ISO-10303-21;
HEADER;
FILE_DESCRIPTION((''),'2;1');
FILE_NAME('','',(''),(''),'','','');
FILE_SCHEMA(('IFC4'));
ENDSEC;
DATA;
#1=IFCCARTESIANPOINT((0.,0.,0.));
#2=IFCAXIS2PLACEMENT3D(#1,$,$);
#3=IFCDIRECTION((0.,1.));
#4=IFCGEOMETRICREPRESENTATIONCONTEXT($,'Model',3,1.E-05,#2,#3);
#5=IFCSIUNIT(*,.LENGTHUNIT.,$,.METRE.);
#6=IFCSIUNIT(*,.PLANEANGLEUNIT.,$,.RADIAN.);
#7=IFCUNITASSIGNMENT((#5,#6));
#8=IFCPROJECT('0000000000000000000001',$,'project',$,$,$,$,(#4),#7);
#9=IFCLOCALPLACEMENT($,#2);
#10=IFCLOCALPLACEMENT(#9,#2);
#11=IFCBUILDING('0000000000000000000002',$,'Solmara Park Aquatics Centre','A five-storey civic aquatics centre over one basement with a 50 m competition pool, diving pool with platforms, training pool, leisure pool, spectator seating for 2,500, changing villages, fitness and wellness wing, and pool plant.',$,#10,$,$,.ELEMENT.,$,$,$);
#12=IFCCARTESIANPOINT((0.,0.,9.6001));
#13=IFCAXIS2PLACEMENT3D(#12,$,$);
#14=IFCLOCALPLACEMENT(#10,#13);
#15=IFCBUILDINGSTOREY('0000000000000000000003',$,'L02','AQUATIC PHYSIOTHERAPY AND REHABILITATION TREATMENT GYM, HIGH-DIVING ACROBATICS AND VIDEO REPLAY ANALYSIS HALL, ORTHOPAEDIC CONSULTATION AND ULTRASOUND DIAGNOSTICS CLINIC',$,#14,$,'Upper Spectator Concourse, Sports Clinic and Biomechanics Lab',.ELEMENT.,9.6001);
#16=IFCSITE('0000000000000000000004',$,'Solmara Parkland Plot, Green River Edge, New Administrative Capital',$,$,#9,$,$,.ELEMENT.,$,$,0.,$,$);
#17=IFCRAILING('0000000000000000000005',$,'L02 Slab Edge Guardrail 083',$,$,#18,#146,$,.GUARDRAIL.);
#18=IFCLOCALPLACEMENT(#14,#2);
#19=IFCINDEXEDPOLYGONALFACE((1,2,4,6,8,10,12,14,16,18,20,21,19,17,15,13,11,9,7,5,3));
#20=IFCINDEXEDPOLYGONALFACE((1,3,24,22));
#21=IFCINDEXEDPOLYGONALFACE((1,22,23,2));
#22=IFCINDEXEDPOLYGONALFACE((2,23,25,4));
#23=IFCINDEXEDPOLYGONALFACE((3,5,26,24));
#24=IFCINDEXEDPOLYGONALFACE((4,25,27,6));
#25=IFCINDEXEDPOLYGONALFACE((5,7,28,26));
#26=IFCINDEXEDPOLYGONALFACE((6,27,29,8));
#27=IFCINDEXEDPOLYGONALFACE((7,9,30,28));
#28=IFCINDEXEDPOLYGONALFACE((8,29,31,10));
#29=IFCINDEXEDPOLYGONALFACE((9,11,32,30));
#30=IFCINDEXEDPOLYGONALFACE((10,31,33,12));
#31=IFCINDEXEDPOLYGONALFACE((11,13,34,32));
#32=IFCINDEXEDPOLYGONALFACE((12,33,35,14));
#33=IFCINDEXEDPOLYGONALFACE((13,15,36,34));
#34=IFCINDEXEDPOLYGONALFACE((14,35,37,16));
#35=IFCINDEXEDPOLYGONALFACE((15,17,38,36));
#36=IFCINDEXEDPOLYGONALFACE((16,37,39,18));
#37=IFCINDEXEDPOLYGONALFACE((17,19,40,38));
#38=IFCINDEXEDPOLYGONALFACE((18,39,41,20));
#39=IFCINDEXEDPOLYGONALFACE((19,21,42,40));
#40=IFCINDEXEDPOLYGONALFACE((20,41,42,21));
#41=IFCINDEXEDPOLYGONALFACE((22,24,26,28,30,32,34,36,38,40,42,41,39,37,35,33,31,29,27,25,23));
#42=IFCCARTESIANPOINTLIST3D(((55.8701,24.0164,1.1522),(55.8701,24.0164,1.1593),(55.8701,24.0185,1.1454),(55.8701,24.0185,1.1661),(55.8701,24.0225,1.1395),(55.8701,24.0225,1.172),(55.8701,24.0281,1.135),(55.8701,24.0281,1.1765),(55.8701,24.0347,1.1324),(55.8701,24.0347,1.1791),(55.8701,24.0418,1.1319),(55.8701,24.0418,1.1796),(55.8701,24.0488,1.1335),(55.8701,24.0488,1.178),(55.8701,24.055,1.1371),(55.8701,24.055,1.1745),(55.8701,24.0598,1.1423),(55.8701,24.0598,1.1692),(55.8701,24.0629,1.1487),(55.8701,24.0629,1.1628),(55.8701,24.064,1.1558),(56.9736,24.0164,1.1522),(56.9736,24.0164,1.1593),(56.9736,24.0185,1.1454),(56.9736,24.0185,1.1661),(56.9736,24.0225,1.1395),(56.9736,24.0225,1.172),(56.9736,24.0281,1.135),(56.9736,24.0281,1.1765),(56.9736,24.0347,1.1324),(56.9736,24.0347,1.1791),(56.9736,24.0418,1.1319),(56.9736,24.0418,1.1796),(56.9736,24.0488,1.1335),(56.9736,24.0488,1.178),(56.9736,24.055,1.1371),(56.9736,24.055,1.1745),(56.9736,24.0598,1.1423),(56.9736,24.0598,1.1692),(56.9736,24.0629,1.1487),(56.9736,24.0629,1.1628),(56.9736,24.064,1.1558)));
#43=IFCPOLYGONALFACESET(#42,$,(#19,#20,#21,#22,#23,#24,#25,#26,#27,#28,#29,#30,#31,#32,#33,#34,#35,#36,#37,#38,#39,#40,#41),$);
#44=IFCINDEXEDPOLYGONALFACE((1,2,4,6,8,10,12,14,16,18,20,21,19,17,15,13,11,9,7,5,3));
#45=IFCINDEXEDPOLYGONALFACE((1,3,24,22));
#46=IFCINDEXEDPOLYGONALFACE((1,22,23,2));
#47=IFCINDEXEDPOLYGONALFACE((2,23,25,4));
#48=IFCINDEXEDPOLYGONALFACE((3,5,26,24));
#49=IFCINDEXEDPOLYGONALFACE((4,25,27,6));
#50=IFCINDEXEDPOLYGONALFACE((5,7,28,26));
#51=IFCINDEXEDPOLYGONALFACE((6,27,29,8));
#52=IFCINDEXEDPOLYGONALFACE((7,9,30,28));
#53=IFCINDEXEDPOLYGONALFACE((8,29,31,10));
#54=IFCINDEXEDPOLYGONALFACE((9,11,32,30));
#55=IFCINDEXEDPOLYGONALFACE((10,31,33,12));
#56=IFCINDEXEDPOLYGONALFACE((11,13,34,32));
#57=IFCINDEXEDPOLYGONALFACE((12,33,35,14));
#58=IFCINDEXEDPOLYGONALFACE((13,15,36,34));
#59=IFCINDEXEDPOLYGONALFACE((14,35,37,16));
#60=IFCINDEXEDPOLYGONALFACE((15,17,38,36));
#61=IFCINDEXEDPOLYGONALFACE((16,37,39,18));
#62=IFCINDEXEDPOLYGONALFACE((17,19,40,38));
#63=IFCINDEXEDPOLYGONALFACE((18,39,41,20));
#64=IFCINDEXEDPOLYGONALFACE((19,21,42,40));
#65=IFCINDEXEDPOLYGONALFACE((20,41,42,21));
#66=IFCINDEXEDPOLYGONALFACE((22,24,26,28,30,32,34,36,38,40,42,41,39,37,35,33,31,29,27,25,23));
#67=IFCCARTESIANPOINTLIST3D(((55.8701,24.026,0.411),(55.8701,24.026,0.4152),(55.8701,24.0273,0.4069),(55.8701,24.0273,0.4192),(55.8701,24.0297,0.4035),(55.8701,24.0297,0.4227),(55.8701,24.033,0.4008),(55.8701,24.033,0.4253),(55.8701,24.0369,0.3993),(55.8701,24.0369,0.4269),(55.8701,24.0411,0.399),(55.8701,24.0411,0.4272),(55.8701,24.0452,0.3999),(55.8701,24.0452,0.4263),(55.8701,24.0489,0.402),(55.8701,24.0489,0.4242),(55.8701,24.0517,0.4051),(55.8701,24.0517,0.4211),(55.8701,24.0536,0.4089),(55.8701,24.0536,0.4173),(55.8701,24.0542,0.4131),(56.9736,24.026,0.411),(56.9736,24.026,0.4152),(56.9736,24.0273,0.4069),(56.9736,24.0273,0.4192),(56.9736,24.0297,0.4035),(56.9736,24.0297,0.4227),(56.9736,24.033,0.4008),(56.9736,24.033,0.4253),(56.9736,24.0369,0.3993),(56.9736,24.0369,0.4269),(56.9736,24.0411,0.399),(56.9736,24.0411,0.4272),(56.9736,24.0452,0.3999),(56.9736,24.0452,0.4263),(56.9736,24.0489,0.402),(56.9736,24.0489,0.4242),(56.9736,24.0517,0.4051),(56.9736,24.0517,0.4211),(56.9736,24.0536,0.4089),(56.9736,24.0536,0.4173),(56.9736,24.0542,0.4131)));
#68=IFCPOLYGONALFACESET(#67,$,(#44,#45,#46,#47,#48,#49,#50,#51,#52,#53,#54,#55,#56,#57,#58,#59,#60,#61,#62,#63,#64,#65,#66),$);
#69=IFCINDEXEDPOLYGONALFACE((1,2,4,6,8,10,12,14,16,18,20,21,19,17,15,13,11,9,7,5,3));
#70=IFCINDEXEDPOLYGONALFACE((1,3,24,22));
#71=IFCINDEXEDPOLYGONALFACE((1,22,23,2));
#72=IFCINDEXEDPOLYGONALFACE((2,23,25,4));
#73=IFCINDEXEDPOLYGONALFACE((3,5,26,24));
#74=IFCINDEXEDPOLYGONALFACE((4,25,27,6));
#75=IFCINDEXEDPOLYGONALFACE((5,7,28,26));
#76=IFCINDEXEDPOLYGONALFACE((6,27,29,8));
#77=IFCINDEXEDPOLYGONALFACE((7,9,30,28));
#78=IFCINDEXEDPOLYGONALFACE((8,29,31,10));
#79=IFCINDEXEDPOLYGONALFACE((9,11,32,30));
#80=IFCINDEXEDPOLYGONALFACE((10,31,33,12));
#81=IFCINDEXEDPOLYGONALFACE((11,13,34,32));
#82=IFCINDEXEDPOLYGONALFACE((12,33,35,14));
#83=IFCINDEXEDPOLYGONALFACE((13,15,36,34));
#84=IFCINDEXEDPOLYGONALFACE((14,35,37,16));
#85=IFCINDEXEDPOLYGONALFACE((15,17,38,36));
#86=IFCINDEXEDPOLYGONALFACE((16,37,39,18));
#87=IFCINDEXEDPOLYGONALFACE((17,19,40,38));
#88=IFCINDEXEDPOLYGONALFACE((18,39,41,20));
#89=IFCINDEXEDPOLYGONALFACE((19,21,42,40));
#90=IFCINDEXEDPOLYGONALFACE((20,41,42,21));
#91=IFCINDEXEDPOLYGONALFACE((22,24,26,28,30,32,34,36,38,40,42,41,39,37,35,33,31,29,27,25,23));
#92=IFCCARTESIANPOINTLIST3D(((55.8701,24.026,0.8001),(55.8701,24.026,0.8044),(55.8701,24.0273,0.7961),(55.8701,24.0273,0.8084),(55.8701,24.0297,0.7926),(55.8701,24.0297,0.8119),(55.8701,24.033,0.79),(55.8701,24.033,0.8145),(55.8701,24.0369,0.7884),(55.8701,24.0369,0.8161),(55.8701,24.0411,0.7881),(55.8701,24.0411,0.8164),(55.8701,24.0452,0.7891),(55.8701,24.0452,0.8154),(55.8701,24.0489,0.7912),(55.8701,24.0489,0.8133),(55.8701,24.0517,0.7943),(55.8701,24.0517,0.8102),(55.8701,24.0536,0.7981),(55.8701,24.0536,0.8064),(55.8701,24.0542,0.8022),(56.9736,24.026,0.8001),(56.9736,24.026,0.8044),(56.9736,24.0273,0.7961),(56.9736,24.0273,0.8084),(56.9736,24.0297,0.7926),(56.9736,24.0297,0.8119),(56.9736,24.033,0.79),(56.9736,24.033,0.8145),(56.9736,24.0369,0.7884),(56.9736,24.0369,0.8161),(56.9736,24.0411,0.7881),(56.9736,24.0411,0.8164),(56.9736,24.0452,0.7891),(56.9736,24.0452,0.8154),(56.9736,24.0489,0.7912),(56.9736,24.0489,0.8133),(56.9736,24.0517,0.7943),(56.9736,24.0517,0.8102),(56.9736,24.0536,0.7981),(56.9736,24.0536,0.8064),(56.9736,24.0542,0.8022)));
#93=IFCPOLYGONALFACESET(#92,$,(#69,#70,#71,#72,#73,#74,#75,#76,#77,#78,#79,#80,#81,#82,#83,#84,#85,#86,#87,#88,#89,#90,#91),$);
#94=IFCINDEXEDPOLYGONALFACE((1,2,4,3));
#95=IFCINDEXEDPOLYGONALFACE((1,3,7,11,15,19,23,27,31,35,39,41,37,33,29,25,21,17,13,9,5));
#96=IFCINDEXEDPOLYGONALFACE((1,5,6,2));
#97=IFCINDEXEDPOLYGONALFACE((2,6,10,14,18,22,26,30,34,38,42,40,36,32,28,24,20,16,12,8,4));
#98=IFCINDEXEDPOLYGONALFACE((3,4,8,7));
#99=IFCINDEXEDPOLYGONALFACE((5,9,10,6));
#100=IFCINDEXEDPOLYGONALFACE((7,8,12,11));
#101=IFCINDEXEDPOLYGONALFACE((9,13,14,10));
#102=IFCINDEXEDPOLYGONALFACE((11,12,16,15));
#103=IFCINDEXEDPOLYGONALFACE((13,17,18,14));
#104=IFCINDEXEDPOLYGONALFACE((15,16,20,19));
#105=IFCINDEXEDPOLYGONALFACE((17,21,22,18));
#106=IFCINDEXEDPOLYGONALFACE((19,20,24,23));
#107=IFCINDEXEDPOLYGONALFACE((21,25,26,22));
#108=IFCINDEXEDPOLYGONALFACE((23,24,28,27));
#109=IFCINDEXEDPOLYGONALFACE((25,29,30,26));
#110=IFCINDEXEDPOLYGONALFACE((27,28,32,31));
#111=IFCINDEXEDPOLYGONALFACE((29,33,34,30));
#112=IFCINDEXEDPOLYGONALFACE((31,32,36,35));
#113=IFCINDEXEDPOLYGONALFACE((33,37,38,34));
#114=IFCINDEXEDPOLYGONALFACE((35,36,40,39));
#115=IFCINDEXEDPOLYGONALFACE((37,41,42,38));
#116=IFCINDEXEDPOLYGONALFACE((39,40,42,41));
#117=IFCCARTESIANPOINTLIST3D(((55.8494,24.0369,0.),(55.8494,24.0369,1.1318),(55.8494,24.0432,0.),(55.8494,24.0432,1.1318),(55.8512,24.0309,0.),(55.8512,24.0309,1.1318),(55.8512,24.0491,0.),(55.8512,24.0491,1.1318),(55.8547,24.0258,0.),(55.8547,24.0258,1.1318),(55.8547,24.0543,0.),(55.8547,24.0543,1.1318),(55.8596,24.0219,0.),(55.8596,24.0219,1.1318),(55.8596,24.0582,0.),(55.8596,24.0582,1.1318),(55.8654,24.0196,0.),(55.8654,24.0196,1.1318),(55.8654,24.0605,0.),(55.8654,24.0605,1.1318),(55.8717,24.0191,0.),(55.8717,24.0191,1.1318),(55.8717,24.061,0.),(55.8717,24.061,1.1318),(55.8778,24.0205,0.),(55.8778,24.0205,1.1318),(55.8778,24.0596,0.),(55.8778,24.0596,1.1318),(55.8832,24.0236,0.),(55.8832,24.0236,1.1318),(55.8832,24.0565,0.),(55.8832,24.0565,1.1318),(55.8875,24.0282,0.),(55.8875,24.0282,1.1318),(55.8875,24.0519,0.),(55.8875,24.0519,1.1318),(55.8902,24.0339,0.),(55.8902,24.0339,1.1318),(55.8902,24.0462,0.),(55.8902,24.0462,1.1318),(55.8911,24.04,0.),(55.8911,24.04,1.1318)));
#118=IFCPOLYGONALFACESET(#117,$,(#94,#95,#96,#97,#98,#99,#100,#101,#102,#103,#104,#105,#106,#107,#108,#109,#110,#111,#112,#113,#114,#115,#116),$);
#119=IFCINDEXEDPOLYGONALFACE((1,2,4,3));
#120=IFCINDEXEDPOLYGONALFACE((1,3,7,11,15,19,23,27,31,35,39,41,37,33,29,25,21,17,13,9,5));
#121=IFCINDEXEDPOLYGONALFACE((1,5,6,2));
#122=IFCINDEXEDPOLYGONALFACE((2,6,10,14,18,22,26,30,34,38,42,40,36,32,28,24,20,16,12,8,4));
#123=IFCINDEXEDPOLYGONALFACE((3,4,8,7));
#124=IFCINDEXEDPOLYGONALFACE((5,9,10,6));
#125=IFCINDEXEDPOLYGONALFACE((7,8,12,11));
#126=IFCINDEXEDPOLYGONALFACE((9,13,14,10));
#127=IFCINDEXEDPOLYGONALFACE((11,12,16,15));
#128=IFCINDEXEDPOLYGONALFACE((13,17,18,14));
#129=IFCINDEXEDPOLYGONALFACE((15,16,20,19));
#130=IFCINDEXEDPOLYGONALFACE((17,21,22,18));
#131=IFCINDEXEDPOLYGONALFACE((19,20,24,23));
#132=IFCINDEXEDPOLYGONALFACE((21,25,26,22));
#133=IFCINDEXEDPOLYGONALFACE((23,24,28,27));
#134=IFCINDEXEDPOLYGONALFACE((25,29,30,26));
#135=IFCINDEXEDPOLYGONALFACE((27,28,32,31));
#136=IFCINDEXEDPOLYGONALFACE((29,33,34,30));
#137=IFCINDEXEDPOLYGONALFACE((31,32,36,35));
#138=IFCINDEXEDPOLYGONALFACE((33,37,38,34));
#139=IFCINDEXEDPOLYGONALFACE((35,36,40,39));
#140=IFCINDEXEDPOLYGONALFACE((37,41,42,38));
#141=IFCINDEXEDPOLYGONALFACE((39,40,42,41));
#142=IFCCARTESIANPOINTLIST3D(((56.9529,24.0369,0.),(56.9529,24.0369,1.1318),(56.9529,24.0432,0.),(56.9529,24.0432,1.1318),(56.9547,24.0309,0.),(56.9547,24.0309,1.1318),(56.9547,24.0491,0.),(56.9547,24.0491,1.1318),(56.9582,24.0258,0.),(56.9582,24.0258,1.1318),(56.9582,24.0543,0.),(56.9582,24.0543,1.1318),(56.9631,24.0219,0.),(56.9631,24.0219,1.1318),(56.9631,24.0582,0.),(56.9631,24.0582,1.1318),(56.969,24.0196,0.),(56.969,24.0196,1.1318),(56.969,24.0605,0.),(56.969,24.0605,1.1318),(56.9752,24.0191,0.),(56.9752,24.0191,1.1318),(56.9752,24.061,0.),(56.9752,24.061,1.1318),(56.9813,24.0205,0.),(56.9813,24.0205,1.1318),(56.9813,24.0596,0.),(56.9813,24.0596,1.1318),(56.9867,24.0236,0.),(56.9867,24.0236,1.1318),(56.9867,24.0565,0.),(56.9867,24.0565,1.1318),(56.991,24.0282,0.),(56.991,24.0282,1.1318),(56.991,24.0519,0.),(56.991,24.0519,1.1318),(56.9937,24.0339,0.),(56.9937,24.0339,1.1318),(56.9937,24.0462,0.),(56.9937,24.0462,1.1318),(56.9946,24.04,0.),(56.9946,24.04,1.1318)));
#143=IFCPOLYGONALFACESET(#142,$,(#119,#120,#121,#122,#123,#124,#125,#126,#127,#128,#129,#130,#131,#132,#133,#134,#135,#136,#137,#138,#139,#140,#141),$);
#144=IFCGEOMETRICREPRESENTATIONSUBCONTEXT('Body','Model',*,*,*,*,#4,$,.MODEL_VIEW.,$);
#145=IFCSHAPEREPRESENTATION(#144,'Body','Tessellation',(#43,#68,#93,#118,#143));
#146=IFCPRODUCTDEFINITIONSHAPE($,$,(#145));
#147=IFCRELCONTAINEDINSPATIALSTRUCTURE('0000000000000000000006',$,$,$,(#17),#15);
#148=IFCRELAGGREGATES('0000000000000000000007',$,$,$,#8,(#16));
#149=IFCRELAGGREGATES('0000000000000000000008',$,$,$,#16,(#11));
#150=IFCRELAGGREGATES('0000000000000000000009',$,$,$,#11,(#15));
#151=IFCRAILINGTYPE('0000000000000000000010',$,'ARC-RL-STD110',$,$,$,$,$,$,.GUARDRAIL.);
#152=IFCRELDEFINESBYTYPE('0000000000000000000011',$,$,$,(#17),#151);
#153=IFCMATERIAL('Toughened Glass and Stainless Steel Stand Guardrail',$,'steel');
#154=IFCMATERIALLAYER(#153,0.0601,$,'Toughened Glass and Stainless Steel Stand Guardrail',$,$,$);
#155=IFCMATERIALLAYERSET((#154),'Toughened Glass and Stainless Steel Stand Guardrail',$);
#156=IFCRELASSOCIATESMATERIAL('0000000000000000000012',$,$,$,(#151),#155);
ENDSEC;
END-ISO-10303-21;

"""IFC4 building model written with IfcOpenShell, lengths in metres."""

from ifc_helpers import new_model, si_unit, direction, frame, origin, origin_2d, place, context, subcontext, project, spatial, circle, extrude, material, layer, layer_set, type_object, element, save


model = new_model("IFC4")

# Units and contexts
model_context = context("Model", 3, precision=1e-05, world=origin(), true_north=direction((0.0, 1.0)))
body_context = subcontext(model_context, "Body", "Model", "MODEL_VIEW")
ifc_project = project(units=[si_unit("LENGTHUNIT", "METRE"), si_unit("PLANEANGLEUNIT", "RADIAN")], contexts=[model_context])

# Site, building, storey
site_placement = place(None, origin())
site = spatial("IfcSite", under=ifc_project, at=site_placement, Name="Solmara Parkland Plot, Green River Edge, New Administrative Capital", CompositionType="ELEMENT", RefElevation=0.0)
building_placement = place(site_placement, origin())
building = spatial("IfcBuilding", under=site, at=building_placement, Name="Solmara Park Aquatics Centre", Description="A five-storey civic aquatics centre over one basement with a 50 m competition pool, diving pool with platforms, training pool, leisure pool, spectator seating for 2,500, changing villages, fitness and wellness wing, and pool plant.", CompositionType="ELEMENT")
storey_placement = place(building_placement, frame((0.0, 0.0, 9.6001)))
storey = spatial("IfcBuildingStorey", under=building, at=storey_placement, Name="L02", Description="AQUATIC PHYSIOTHERAPY AND REHABILITATION TREATMENT GYM, HIGH-DIVING ACROBATICS AND VIDEO REPLAY ANALYSIS HALL, ORTHOPAEDIC CONSULTATION AND ULTRASOUND DIAGNOSTICS CLINIC", LongName="Upper Spectator Concourse, Sports Clinic and Biomechanics Lab", CompositionType="ELEMENT", Elevation=9.6001)

# Railing
ifc_material_1 = material(Name="Toughened Glass and Stainless Steel Stand Guardrail", Category="steel")
ifc_layer_1 = layer(ifc_material_1, 0.0601, Name="Toughened Glass and Stainless Steel Stand Guardrail")
ifc_layer_set_1 = layer_set([ifc_layer_1], Name="Toughened Glass and Stainless Steel Stand Guardrail")
railing_type = type_object("IfcRailingType", Name="ARC-RL-STD110", PredefinedType="GUARDRAIL", material=ifc_layer_set_1)
railing_1_placement = place(storey_placement, frame((55.8701, 24.04, 0.0)))
element("IfcRailing", 1, at=railing_1_placement, inside=storey, type_object=railing_type, Name="L02 Slab Edge Guardrail 083", PredefinedType="GUARDRAIL", context=body_context, shape_type="SweptSolid", body=[
    extrude(circle(Radius=0.0239, at=origin_2d()), frame((0.0, 0.0, 1.1558), z_axis=(1.0, 0.0, 0.0), x_axis=(0.0, 1.0, 0.0)), (0.0, 0.0, 1.0), 1.1035),
    extrude(circle(Radius=0.0142, at=origin_2d()), frame((0.0, 0.0, 0.4131), z_axis=(1.0, 0.0, 0.0), x_axis=(0.0, 1.0, 0.0)), (0.0, 0.0, 1.0), 1.1035),
    extrude(circle(Radius=0.0142, at=origin_2d()), frame((0.0, 0.0, 0.8022), z_axis=(1.0, 0.0, 0.0), x_axis=(0.0, 1.0, 0.0)), (0.0, 0.0, 1.0), 1.1035),
    extrude(circle(Radius=0.021, at=origin_2d()), origin(), (0.0, 0.0, 1.0), 1.1318),
    extrude(circle(Radius=0.021, at=origin_2d()), frame((1.1035, 0.0, 0.0)), (0.0, 0.0, 1.0), 1.1318),
])

save(model, "model.ifc")
